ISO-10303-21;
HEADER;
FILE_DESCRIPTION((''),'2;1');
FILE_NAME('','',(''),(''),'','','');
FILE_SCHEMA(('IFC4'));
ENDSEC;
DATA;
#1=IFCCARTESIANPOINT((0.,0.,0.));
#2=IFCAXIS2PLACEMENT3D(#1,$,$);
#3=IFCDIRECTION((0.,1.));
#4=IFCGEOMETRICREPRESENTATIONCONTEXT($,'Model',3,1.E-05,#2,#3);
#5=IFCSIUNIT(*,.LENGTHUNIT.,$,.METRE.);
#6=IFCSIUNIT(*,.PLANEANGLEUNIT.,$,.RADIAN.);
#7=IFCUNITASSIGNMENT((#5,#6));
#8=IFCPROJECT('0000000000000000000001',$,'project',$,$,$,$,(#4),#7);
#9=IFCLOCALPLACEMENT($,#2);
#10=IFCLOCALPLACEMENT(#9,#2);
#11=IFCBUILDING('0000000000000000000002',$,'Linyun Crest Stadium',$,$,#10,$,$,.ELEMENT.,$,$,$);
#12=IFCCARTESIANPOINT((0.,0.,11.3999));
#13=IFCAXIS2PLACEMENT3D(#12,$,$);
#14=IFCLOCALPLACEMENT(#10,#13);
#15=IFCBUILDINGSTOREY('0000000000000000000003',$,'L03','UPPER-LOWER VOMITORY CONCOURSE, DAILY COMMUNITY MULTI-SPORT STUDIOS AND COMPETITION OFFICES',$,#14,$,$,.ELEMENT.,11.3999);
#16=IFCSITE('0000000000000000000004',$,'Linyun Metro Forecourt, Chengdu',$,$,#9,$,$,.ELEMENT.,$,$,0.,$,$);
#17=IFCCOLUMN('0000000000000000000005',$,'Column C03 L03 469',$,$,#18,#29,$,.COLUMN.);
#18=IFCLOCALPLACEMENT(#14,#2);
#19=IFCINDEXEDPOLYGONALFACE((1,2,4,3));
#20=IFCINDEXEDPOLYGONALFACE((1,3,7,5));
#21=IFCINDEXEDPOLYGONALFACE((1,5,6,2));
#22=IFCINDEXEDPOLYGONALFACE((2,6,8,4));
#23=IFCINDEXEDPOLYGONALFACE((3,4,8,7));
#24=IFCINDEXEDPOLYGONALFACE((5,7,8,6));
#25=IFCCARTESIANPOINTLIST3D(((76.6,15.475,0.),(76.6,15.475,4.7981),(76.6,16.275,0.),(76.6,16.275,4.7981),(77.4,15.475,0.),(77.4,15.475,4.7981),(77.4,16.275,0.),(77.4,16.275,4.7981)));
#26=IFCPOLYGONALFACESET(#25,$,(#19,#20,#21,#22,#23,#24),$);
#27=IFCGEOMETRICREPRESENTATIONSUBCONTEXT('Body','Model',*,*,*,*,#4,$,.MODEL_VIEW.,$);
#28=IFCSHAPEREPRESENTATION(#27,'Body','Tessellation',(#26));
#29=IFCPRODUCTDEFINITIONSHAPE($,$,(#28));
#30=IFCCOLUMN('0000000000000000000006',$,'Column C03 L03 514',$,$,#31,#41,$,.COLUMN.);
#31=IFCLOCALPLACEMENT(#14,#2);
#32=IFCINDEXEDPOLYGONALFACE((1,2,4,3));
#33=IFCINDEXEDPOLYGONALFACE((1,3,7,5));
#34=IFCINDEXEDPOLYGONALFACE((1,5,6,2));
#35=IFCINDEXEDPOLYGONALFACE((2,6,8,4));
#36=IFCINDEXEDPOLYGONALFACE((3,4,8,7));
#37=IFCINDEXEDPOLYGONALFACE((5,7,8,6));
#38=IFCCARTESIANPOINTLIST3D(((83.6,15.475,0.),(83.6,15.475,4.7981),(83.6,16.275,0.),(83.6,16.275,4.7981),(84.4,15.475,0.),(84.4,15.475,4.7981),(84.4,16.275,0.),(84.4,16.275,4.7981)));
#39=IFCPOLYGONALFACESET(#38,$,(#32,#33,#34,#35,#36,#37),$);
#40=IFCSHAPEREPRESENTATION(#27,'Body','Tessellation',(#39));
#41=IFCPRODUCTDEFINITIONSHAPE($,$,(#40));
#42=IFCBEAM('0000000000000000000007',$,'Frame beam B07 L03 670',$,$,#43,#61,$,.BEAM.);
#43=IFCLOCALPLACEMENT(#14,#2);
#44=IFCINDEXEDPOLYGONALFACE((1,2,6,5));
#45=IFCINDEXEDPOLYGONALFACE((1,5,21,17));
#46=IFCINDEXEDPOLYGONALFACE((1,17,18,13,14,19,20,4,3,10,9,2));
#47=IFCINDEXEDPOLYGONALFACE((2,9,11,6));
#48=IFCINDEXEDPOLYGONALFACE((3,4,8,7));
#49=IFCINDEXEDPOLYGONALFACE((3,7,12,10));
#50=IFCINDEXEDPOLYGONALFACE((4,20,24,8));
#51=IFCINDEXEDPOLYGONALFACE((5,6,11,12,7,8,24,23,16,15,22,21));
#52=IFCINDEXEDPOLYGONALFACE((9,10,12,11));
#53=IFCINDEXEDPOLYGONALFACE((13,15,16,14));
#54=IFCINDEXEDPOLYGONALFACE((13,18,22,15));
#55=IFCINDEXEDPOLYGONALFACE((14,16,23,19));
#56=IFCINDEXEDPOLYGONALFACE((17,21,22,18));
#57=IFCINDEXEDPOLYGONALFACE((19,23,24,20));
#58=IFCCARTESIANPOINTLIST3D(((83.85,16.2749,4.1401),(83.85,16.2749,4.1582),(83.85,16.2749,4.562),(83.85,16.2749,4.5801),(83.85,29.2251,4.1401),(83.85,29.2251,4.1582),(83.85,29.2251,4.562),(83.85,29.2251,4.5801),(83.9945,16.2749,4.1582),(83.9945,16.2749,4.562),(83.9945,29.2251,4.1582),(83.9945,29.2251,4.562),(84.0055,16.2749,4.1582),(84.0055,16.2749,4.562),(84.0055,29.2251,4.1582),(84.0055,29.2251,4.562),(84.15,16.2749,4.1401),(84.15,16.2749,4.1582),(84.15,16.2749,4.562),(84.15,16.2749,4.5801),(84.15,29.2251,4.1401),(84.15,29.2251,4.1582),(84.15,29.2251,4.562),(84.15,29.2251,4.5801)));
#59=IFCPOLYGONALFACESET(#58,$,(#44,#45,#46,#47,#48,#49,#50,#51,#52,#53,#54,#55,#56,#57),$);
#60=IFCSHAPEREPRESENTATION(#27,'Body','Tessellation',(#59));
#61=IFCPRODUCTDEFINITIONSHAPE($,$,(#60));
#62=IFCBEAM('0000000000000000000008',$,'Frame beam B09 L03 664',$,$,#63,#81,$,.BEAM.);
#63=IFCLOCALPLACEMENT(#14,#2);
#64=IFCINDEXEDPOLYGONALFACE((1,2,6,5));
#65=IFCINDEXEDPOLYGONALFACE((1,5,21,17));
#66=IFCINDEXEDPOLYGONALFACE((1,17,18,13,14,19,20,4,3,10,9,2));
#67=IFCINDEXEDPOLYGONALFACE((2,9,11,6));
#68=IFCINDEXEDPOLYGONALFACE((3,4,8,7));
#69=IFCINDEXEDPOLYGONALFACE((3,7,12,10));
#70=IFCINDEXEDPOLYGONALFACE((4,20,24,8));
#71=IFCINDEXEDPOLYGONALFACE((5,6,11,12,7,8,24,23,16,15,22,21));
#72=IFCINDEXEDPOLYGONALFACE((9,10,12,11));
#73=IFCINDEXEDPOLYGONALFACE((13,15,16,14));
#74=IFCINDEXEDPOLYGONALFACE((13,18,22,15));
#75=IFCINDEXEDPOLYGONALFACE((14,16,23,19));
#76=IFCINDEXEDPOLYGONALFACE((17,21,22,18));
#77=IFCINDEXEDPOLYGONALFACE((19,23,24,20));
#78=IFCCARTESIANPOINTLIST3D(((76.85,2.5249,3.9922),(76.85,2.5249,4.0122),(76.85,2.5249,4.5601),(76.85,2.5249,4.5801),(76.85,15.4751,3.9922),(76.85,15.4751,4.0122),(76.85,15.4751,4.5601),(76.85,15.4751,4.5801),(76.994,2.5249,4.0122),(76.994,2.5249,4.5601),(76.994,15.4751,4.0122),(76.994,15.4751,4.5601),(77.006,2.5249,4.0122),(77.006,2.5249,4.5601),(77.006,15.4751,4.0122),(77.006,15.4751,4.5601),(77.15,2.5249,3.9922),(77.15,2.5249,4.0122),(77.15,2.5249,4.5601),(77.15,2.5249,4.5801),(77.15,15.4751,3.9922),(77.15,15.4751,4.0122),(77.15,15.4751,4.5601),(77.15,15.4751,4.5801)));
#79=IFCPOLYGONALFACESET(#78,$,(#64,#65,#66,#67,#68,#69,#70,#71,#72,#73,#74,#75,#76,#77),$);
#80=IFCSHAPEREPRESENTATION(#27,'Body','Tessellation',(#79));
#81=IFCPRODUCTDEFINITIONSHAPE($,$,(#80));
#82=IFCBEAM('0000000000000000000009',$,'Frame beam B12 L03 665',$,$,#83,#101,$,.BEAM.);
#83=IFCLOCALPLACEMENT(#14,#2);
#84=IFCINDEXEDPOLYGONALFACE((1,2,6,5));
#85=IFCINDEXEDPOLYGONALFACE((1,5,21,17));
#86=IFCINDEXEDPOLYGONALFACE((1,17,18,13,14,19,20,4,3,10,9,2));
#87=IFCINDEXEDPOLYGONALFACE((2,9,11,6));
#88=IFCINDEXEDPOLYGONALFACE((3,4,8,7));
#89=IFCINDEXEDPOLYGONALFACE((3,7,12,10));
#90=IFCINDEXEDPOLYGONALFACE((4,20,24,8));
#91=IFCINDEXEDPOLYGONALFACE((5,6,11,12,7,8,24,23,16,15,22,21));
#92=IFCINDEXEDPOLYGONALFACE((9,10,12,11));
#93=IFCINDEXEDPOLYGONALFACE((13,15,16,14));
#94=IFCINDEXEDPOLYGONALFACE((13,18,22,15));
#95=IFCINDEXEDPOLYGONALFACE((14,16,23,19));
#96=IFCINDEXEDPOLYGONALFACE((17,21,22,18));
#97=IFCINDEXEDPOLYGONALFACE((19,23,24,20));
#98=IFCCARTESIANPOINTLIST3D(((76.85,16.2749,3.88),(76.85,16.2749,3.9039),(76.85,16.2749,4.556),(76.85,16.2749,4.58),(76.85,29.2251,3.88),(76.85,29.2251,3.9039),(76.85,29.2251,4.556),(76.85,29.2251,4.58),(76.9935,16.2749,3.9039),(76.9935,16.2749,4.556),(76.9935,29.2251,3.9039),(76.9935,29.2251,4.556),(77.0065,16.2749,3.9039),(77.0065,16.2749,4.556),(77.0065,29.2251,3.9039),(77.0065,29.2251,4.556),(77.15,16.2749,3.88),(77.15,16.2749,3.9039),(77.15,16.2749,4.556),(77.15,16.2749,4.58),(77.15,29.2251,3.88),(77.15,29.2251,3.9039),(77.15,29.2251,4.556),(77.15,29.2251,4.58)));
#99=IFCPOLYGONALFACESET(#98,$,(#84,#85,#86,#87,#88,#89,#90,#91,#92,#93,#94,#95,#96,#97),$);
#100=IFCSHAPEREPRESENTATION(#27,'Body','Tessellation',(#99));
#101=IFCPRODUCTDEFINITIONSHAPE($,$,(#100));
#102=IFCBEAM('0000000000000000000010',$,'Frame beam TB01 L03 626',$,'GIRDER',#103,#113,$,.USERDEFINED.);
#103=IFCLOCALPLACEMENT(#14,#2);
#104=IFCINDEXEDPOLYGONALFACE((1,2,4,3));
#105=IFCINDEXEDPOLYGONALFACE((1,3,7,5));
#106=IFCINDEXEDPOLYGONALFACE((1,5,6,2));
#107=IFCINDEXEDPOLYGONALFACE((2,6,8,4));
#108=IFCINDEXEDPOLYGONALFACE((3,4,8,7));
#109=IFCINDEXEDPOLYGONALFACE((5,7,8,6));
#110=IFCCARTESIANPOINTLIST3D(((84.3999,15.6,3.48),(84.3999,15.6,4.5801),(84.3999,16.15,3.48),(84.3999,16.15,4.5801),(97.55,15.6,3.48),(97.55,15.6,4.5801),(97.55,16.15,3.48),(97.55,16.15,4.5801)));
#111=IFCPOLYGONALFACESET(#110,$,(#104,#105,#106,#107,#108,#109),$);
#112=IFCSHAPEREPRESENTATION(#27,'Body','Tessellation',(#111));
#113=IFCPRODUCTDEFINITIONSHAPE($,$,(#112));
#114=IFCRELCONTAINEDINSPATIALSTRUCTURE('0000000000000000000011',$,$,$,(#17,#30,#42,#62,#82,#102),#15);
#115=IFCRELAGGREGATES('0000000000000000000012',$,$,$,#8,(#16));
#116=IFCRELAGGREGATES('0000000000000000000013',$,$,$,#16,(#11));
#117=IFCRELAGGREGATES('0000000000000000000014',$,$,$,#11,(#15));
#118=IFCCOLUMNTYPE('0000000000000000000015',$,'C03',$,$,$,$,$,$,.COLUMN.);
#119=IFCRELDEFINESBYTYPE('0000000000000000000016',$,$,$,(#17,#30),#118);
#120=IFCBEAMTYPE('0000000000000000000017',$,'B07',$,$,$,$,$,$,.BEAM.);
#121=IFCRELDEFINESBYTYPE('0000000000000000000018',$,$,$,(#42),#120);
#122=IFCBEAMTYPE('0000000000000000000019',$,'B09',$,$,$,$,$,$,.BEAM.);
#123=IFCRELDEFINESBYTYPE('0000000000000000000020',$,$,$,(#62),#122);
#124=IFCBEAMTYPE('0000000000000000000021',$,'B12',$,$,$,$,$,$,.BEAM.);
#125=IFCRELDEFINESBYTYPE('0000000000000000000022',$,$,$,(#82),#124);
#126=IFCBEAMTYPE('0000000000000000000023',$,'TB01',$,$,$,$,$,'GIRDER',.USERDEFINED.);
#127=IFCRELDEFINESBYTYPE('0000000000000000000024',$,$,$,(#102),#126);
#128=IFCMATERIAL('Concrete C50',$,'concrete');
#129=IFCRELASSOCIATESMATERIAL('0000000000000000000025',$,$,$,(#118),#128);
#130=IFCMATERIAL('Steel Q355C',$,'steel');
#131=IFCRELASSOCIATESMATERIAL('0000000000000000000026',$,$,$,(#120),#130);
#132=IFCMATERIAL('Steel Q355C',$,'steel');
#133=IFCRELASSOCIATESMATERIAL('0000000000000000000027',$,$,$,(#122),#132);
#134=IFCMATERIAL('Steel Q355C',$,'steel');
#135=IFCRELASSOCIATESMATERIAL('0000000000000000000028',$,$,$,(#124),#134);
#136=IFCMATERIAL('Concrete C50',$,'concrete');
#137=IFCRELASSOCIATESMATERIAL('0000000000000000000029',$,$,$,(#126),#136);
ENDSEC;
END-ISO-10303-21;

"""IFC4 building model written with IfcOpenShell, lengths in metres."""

from ifc_helpers import new_model, si_unit, direction, frame, origin, origin_2d, place, context, subcontext, project, spatial, rectangle, i_section, extrude, material, material_profile, profile_set, type_object, element, save


model = new_model("IFC4")

# Units and contexts
model_context = context("Model", 3, precision=1e-05, world=origin(), true_north=direction((0.0, 1.0)))
body_context = subcontext(model_context, "Body", "Model", "MODEL_VIEW")
ifc_project = project(units=[si_unit("LENGTHUNIT", "METRE"), si_unit("PLANEANGLEUNIT", "RADIAN")], contexts=[model_context])

# Site, building, storey
site_placement = place(None, origin())
site = spatial("IfcSite", under=ifc_project, at=site_placement, Name="Linyun Metro Forecourt, Chengdu", CompositionType="ELEMENT", RefElevation=0.0)
building_placement = place(site_placement, origin())
building = spatial("IfcBuilding", under=site, at=building_placement, Name="Linyun Crest Stadium", CompositionType="ELEMENT")
storey_placement = place(building_placement, frame((0.0, 0.0, 11.3999)))
storey = spatial("IfcBuildingStorey", under=building, at=storey_placement, Name="L03", Description="UPPER-LOWER VOMITORY CONCOURSE, DAILY COMMUNITY MULTI-SPORT STUDIOS AND COMPETITION OFFICES", CompositionType="ELEMENT", Elevation=11.3999)

# Columns
ifc_material_1 = material(Name="Concrete C50", Category="concrete")
ifc_material_profile_1 = material_profile(ifc_material_1, rectangle(XDim=0.8, YDim=0.8, at=origin_2d()), Name="RC 800x800")
ifc_profile_set_1 = profile_set([ifc_material_profile_1], Name="Concrete C50")
column_type = type_object("IfcColumnType", Name="C03", PredefinedType="COLUMN", material=ifc_profile_set_1)
for number, where, z_axis, x_axis, name in (
    (1, (77.0, 15.875, 0.0), (0.0, 0.0, 1.0), (1.0, 0.0, 0.0), "Column C03 L03 469"),
    (2, (84.0, 15.875, 0.0), (0.0, 0.0, 1.0), (1.0, 0.0, 0.0), "Column C03 L03 514"),
):
    element("IfcColumn", number, at=place(storey_placement, frame(where, z_axis=z_axis, x_axis=x_axis)), inside=storey, type_object=column_type, Name=name, PredefinedType="COLUMN", context=body_context, shape_type="SweptSolid", body=[
        extrude(rectangle(XDim=0.8, YDim=0.8, at=origin_2d()), origin(), (0.0, 0.0, 1.0), 4.7981),
    ])

# Beams
ifc_material_2 = material(Name="Steel Q355C", Category="steel")
ifc_material_profile_2 = material_profile(ifc_material_2, i_section(OverallWidth=0.3, OverallDepth=0.4399, WebThickness=0.011, FlangeThickness=0.0181, at=origin_2d()), Name="HM 440x300")
ifc_profile_set_2 = profile_set([ifc_material_profile_2], Name="Steel Q355C")
beam_type_1 = type_object("IfcBeamType", Name="B07", PredefinedType="BEAM", material=ifc_profile_set_2)
beam_1_placement = place(storey_placement, frame((84.0, 16.2749, 4.3601), z_axis=(0.0, 1.0, 0.0), x_axis=(-1.0, 0.0, 0.0)))
element("IfcBeam", 3, at=beam_1_placement, inside=storey, type_object=beam_type_1, Name="Frame beam B07 L03 670", PredefinedType="BEAM", context=body_context, shape_type="SweptSolid", body=[
    extrude(i_section(OverallWidth=0.3, OverallDepth=0.4399, WebThickness=0.011, FlangeThickness=0.0181, at=origin_2d()), origin(), (0.0, 0.0, 1.0), 12.9502),
])
ifc_material_3 = material(Name="Steel Q355C", Category="steel")
ifc_material_profile_3 = material_profile(ifc_material_3, i_section(OverallWidth=0.3, OverallDepth=0.5879, WebThickness=0.012, FlangeThickness=0.02, at=origin_2d()), Name="HM 588x300")
ifc_profile_set_3 = profile_set([ifc_material_profile_3], Name="Steel Q355C")
beam_type_2 = type_object("IfcBeamType", Name="B09", PredefinedType="BEAM", material=ifc_profile_set_3)
beam_2_placement = place(storey_placement, frame((77.0, 2.5249, 4.2861), z_axis=(0.0, 1.0, 0.0), x_axis=(-1.0, 0.0, 0.0)))
element("IfcBeam", 4, at=beam_2_placement, inside=storey, type_object=beam_type_2, Name="Frame beam B09 L03 664", PredefinedType="BEAM", context=body_context, shape_type="SweptSolid", body=[
    extrude(i_section(OverallWidth=0.3, OverallDepth=0.5879, WebThickness=0.012, FlangeThickness=0.02, at=origin_2d()), origin(), (0.0, 0.0, 1.0), 12.9502),
])
ifc_material_4 = material(Name="Steel Q355C", Category="steel")
ifc_material_profile_4 = material_profile(ifc_material_4, i_section(OverallWidth=0.3, OverallDepth=0.7, WebThickness=0.0129, FlangeThickness=0.0239, at=origin_2d()), Name="HN 700x300")
ifc_profile_set_4 = profile_set([ifc_material_profile_4], Name="Steel Q355C")
beam_type_3 = type_object("IfcBeamType", Name="B12", PredefinedType="BEAM", material=ifc_profile_set_4)
beam_3_placement = place(storey_placement, frame((77.0, 16.2749, 4.23), z_axis=(0.0, 1.0, 0.0), x_axis=(-1.0, 0.0, 0.0)))
element("IfcBeam", 5, at=beam_3_placement, inside=storey, type_object=beam_type_3, Name="Frame beam B12 L03 665", PredefinedType="BEAM", context=body_context, shape_type="SweptSolid", body=[
    extrude(i_section(OverallWidth=0.3, OverallDepth=0.7, WebThickness=0.0129, FlangeThickness=0.0239, at=origin_2d()), origin(), (0.0, 0.0, 1.0), 12.9502),
])
ifc_material_5 = material(Name="Concrete C50", Category="concrete")
ifc_material_profile_5 = material_profile(ifc_material_5, rectangle(XDim=0.55, YDim=1.1001, at=origin_2d()), Name="RCB 1100x550")
ifc_profile_set_5 = profile_set([ifc_material_profile_5], Name="Concrete C50")
beam_type_4 = type_object("IfcBeamType", Name="TB01", ElementType="GIRDER", PredefinedType="USERDEFINED", material=ifc_profile_set_5)
beam_4_placement = place(storey_placement, frame((84.3999, 15.875, 4.03), z_axis=(1.0, 0.0, 0.0), x_axis=(0.0, 1.0, 0.0)))
element("IfcBeam", 6, at=beam_4_placement, inside=storey, type_object=beam_type_4, Name="Frame beam TB01 L03 626", ObjectType="GIRDER", PredefinedType="USERDEFINED", context=body_context, shape_type="SweptSolid", body=[
    extrude(rectangle(XDim=0.55, YDim=1.1001, at=origin_2d()), origin(), (0.0, 0.0, 1.0), 13.1501),
])

save(model, "model.ifc")
